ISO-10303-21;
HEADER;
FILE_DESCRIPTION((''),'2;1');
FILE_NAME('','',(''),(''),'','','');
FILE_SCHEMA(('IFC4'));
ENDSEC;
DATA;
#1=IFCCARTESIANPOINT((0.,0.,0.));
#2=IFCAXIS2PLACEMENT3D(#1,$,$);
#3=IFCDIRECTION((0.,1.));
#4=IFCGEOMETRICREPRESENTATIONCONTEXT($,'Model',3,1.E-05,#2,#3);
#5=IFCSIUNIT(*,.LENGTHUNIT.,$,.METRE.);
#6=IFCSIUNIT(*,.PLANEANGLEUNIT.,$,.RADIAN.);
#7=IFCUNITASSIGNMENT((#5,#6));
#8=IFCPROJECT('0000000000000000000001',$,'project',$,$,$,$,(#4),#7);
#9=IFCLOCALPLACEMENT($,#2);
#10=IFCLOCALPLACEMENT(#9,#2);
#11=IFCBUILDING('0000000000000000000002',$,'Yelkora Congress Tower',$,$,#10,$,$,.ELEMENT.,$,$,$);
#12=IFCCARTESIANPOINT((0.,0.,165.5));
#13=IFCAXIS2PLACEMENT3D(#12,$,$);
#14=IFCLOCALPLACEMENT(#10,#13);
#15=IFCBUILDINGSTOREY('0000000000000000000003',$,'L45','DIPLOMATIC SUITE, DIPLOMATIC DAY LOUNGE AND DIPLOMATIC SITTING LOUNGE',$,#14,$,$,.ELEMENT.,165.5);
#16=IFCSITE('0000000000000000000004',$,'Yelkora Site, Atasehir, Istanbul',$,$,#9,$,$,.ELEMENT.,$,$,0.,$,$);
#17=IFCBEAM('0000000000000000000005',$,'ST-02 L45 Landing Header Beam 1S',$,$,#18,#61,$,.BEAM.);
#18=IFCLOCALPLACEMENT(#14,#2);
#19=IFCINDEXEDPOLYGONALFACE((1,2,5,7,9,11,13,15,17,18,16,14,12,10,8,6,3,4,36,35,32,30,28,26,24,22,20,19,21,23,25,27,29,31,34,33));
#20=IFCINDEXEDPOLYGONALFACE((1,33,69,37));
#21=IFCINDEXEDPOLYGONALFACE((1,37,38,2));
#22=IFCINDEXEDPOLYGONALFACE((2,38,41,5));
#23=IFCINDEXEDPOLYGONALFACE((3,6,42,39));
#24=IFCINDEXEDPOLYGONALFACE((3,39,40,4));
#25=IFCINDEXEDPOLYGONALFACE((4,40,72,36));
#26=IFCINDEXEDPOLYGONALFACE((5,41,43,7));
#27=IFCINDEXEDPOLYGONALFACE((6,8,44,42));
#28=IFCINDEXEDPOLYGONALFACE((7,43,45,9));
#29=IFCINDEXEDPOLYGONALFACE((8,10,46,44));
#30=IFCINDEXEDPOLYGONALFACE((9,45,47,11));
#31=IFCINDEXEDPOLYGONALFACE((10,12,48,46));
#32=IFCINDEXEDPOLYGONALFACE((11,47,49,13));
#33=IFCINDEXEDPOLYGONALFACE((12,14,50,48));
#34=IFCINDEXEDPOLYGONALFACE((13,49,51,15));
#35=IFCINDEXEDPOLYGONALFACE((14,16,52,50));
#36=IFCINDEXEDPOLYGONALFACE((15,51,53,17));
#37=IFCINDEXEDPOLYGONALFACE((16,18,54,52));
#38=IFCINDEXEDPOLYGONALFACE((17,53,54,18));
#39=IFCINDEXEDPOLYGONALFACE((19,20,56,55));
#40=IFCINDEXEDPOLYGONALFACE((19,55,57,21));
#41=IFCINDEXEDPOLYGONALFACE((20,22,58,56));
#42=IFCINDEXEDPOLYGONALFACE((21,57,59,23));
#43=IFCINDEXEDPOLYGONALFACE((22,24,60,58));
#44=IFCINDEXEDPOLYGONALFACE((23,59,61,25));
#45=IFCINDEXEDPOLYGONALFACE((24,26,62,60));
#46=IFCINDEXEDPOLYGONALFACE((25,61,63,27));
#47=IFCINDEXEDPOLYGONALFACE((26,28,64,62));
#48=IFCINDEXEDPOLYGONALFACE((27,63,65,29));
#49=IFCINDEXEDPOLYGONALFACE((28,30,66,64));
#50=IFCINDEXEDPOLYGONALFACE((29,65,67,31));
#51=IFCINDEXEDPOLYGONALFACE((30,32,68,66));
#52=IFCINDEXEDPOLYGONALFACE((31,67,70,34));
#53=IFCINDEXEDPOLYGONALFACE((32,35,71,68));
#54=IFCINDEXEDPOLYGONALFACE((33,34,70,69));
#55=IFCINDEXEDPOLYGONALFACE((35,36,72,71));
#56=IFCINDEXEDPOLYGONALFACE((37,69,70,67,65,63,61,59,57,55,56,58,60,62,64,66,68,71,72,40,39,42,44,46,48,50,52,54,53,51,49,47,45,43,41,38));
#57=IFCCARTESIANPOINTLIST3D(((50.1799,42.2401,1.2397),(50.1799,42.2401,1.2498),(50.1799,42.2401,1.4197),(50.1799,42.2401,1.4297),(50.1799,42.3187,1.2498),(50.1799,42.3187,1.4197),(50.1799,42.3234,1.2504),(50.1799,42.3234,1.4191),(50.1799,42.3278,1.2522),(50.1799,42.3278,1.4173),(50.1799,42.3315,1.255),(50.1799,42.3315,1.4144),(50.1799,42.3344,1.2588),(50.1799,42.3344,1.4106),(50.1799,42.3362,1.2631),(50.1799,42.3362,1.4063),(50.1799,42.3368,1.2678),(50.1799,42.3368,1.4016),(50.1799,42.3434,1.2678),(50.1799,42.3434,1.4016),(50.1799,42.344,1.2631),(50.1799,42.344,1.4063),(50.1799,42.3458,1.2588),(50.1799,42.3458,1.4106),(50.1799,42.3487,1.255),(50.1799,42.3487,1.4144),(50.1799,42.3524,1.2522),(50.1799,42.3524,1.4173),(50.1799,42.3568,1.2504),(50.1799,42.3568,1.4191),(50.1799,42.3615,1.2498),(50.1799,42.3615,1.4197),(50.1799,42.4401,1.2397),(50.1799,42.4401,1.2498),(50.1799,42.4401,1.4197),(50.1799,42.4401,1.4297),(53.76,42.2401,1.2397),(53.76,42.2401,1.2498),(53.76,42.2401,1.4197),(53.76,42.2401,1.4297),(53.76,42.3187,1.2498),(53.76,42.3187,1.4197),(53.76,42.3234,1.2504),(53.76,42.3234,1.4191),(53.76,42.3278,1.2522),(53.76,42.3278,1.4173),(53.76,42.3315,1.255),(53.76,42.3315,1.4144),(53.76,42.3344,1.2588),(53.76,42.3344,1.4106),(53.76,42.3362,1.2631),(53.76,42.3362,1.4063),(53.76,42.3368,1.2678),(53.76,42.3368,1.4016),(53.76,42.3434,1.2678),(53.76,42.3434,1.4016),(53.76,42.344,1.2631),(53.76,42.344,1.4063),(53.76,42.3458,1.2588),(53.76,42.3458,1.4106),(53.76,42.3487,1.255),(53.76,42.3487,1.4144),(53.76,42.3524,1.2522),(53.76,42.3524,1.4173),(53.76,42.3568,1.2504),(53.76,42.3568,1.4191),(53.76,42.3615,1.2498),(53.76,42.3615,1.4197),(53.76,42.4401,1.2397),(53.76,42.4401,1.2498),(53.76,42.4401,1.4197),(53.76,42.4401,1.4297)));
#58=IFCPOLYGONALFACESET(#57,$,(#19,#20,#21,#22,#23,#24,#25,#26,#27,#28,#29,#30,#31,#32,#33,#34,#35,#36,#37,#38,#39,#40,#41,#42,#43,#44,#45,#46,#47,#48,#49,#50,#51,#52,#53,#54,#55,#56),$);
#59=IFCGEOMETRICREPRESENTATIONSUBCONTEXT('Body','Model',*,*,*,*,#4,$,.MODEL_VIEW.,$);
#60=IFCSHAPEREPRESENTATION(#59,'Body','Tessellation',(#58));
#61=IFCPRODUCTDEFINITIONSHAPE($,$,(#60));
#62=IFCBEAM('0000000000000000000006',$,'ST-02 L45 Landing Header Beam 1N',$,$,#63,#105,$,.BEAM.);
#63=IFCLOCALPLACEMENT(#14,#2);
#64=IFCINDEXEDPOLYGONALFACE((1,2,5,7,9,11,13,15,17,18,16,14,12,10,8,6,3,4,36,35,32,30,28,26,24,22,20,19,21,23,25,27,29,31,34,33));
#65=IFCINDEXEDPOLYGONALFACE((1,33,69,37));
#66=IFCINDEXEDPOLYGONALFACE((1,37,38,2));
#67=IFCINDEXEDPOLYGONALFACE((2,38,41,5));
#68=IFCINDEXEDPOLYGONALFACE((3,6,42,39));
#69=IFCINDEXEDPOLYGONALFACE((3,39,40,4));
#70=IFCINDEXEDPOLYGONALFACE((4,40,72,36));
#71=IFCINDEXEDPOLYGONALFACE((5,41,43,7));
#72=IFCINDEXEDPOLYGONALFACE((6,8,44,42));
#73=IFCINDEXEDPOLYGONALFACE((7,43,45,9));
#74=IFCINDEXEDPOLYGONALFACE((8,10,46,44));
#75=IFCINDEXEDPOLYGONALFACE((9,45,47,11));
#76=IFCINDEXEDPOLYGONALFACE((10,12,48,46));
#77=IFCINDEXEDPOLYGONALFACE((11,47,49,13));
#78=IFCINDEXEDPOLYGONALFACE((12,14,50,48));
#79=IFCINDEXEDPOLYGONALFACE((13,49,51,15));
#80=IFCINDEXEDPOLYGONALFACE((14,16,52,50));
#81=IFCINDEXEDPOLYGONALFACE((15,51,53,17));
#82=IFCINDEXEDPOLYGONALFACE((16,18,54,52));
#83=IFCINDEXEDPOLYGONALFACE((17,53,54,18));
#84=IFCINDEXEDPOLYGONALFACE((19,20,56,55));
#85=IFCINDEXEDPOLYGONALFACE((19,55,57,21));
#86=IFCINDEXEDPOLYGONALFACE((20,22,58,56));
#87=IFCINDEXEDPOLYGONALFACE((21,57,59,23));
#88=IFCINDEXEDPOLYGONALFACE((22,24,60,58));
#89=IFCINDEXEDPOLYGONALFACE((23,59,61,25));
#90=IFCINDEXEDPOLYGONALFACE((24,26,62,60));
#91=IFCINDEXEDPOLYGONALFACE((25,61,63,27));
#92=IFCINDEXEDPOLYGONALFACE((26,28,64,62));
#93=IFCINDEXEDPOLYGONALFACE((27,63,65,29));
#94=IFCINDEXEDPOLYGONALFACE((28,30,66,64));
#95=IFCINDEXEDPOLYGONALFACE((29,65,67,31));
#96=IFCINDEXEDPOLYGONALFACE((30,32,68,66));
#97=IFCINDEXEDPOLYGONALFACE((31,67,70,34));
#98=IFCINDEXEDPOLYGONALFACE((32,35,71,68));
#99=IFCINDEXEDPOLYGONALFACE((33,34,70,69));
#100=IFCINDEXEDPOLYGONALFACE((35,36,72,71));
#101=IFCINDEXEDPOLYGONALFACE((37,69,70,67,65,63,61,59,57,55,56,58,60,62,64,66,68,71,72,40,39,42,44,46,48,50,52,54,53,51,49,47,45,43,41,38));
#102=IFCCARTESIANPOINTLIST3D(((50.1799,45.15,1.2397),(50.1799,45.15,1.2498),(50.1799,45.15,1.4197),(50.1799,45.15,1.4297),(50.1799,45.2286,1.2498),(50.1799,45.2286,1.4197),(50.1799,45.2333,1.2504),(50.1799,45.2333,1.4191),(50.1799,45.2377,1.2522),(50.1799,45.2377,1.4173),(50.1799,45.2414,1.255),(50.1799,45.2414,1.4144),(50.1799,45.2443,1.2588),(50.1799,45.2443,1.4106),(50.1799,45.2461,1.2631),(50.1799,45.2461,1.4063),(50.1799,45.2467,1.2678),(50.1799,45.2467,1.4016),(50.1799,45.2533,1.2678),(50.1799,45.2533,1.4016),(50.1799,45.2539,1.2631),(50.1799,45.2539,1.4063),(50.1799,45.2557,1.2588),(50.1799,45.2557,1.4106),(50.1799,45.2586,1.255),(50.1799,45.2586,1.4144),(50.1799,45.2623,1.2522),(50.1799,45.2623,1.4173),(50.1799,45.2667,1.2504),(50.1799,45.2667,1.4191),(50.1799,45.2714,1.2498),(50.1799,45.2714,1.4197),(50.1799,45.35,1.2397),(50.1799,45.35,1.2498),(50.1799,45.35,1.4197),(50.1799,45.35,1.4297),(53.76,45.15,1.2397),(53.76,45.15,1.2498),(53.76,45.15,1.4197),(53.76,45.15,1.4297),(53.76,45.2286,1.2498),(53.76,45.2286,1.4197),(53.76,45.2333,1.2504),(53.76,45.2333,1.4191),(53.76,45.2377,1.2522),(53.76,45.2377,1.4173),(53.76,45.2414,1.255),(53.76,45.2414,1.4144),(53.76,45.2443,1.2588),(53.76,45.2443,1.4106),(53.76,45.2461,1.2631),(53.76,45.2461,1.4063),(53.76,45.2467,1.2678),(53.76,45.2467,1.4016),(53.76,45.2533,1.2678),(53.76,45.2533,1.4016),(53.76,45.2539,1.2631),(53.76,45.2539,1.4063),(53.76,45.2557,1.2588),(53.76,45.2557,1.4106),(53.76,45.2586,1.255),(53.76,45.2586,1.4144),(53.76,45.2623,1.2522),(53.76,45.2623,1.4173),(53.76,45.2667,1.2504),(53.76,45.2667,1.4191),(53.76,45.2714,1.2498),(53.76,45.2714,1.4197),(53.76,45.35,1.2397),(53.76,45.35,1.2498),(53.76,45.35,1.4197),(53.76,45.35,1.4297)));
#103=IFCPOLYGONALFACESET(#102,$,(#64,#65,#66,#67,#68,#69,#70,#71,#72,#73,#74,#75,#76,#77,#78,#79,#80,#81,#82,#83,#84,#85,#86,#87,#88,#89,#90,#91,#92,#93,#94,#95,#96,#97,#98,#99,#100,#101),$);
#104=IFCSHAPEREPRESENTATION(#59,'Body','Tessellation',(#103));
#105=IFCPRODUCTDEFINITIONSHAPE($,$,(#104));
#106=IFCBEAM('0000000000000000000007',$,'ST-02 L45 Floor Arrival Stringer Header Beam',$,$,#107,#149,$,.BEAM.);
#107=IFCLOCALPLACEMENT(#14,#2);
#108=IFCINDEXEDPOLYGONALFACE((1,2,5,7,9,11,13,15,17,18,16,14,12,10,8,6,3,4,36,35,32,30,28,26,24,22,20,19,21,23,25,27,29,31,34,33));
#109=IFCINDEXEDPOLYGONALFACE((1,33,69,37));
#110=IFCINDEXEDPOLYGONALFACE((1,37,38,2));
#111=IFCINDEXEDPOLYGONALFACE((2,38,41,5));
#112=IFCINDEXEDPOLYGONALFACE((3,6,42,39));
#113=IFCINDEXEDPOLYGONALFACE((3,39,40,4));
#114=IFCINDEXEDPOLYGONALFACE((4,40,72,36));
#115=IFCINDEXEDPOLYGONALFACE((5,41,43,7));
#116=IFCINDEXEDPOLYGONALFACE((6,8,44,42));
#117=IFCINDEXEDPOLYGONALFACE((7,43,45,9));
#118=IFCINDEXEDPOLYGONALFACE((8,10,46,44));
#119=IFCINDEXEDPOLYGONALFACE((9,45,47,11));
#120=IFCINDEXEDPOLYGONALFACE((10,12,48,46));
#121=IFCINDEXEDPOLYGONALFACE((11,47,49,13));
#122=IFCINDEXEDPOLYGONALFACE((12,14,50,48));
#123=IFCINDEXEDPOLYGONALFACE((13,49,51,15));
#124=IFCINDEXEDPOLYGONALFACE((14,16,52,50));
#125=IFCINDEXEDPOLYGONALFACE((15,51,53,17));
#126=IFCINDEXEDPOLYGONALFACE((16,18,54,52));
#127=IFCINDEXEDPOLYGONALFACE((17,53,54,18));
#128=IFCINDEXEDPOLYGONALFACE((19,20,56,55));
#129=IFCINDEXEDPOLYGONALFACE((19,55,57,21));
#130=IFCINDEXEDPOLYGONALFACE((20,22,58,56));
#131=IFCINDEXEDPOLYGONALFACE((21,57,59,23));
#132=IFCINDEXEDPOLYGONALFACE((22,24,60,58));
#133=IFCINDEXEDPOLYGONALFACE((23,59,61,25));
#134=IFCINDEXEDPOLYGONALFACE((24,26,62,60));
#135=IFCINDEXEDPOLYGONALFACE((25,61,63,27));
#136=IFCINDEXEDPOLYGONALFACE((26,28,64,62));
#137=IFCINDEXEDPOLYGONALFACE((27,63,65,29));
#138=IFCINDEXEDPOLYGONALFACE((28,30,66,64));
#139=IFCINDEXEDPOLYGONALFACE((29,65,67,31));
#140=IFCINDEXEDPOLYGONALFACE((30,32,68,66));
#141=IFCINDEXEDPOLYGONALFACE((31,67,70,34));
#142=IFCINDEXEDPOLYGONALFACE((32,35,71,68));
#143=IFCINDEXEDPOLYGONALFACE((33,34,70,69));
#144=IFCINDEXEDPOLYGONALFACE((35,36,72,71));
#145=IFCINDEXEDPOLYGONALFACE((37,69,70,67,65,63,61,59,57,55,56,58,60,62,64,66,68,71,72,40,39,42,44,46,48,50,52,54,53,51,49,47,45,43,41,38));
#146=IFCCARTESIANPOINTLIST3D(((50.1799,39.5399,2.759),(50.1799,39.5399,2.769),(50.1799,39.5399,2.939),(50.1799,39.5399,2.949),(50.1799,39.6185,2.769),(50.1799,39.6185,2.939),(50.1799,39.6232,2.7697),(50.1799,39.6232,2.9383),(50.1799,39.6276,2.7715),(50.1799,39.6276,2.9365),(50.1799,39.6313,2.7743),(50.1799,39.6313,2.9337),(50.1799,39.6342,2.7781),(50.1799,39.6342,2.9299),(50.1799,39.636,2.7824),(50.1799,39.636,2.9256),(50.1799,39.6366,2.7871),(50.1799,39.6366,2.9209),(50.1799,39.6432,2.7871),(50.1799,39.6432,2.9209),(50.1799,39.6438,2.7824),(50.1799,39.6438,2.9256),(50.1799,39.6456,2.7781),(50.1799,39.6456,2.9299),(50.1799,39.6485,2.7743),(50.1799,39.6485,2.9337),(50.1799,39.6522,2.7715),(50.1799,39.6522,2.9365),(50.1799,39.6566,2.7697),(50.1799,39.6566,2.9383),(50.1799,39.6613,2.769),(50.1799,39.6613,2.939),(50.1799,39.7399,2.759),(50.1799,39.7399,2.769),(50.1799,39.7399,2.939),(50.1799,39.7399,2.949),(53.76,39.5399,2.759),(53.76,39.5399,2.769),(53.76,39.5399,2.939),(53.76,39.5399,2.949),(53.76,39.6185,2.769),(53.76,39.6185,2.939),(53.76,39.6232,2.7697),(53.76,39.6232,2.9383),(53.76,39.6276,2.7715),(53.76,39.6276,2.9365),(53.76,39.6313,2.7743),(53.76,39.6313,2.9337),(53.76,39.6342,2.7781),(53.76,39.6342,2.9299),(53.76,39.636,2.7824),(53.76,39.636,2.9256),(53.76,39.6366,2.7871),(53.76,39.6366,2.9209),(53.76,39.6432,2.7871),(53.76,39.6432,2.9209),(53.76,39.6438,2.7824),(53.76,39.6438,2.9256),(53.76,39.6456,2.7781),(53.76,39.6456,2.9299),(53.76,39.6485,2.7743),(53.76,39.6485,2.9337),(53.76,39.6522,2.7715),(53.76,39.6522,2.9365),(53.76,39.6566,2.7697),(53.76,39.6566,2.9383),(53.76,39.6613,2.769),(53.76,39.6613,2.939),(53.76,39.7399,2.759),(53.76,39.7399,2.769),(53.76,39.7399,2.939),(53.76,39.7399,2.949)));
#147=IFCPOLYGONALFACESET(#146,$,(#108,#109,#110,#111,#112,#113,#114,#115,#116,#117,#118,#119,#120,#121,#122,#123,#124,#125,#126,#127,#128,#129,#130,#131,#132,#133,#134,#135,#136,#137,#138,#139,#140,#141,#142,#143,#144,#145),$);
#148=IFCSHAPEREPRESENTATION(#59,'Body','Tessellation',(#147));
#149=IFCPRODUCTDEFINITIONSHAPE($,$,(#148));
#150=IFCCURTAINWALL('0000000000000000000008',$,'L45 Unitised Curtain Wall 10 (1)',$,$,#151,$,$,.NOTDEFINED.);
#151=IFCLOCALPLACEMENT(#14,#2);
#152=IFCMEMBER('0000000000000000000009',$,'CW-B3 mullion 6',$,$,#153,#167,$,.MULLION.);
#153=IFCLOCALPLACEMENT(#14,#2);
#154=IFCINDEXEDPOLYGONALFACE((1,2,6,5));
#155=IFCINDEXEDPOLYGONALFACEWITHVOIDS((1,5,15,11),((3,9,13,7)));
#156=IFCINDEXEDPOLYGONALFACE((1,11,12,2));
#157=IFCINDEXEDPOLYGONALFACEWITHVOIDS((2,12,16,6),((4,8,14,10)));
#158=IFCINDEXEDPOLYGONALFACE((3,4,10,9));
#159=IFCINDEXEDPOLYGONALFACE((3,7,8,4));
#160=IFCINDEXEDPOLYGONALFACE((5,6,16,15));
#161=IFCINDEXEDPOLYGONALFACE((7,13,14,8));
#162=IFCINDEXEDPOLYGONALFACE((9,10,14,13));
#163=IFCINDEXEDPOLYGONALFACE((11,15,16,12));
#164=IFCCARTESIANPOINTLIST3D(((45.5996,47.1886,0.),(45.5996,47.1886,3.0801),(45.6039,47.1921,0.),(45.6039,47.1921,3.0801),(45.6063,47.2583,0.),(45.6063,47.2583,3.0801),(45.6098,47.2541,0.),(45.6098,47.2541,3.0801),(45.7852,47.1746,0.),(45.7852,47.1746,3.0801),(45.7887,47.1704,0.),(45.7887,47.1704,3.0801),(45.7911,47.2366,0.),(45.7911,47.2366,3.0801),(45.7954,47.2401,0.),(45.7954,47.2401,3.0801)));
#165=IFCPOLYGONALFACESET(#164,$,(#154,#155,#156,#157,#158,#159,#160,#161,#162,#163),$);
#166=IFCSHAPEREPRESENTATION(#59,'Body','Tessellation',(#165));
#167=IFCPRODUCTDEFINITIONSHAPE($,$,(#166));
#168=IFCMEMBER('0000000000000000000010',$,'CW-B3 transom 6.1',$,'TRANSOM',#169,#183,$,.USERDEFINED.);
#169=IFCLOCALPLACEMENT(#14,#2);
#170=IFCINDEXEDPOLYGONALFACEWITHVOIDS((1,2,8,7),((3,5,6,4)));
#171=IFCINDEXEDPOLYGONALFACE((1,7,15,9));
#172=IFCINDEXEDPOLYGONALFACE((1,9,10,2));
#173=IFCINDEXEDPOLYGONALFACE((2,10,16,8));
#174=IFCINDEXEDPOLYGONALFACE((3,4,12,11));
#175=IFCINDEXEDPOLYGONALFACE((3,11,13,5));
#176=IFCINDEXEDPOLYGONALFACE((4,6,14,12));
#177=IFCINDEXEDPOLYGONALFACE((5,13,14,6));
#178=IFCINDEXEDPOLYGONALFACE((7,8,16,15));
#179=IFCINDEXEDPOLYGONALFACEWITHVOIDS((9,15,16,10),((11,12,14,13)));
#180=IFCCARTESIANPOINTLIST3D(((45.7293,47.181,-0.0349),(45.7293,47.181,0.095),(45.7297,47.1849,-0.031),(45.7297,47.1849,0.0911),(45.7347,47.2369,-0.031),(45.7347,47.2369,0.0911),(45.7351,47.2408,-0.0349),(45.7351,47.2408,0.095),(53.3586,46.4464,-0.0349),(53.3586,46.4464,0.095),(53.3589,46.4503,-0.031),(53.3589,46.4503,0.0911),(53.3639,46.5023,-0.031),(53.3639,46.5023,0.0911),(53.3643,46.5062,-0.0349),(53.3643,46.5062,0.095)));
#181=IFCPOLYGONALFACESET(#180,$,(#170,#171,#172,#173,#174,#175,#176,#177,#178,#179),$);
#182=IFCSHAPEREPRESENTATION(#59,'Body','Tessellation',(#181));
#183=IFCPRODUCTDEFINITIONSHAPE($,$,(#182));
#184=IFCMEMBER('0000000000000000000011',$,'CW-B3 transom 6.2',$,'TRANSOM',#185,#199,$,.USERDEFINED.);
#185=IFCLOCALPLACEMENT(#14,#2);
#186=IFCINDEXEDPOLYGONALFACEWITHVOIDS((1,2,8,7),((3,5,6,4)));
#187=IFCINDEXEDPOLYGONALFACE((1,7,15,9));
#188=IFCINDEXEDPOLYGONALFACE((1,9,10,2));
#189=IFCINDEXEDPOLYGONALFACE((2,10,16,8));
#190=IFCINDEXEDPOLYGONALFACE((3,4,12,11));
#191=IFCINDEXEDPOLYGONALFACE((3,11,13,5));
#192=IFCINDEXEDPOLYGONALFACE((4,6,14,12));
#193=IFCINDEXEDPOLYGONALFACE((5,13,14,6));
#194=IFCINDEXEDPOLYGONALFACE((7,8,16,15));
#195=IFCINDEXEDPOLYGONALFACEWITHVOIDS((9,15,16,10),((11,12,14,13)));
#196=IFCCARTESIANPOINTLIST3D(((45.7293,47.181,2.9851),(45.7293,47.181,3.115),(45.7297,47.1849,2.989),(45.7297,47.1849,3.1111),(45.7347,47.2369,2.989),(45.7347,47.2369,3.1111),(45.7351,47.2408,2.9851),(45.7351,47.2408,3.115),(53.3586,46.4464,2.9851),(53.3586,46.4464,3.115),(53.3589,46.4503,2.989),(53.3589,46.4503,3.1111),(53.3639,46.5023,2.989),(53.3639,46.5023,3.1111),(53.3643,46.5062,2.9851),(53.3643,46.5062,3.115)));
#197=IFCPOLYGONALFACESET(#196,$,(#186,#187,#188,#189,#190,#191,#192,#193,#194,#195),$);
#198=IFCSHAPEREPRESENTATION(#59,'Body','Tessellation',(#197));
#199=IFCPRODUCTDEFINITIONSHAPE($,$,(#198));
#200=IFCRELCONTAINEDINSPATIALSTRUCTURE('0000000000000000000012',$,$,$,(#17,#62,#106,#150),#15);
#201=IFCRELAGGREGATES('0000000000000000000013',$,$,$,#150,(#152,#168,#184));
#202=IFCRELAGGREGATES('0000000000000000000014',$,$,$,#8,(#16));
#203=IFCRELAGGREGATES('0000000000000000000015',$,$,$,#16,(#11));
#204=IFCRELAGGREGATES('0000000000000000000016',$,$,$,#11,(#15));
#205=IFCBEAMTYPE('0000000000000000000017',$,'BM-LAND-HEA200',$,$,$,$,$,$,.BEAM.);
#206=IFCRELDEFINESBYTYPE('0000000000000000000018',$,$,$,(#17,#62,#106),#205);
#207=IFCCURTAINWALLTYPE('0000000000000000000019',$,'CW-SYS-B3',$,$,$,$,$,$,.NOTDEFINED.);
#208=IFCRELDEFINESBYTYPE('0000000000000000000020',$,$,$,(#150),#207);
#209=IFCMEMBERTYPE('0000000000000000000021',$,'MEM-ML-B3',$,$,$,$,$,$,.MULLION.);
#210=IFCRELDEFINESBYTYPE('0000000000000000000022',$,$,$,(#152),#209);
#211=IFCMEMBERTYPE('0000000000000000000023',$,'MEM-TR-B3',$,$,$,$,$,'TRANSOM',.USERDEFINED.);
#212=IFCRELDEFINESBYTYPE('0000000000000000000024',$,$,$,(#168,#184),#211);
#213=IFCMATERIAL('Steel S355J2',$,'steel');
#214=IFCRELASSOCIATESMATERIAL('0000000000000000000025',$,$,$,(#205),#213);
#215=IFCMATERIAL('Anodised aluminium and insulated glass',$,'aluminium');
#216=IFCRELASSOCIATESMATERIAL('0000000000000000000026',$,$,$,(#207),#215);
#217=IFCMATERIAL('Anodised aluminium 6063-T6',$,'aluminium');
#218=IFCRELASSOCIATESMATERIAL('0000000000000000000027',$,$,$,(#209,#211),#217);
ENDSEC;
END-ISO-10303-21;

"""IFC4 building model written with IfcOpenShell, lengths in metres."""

from ifc_helpers import new_model, si_unit, direction, frame, origin, origin_2d, place, context, subcontext, project, spatial, hollow_rectangle, i_section, extrude, material, material_profile, profile_set, type_object, element, aggregate, save


model = new_model("IFC4")

# Units and contexts
model_context = context("Model", 3, precision=1e-05, world=origin(), true_north=direction((0.0, 1.0)))
body_context = subcontext(model_context, "Body", "Model", "MODEL_VIEW")
ifc_project = project(units=[si_unit("LENGTHUNIT", "METRE"), si_unit("PLANEANGLEUNIT", "RADIAN")], contexts=[model_context])

# Site, building, storey
site_placement = place(None, origin())
site = spatial("IfcSite", under=ifc_project, at=site_placement, Name="Yelkora Site, Atasehir, Istanbul", CompositionType="ELEMENT", RefElevation=0.0)
building_placement = place(site_placement, origin())
building = spatial("IfcBuilding", under=site, at=building_placement, Name="Yelkora Congress Tower", CompositionType="ELEMENT")
storey_placement = place(building_placement, frame((0.0, 0.0, 165.5)))
storey = spatial("IfcBuildingStorey", under=building, at=storey_placement, Name="L45", Description="DIPLOMATIC SUITE, DIPLOMATIC DAY LOUNGE AND DIPLOMATIC SITTING LOUNGE", CompositionType="ELEMENT", Elevation=165.5)

# Beams
ifc_material_1 = material(Name="Steel S355J2", Category="steel")
ifc_material_profile_1 = material_profile(ifc_material_1, i_section(OverallWidth=0.2, OverallDepth=0.1899, WebThickness=0.0066, FlangeThickness=0.01, FilletRadius=0.0181, at=origin_2d()), Name="HEA 200")
ifc_profile_set_1 = profile_set([ifc_material_profile_1], Name="Steel S355J2")
beam_type_1 = type_object("IfcBeamType", Name="BM-LAND-HEA200", PredefinedType="BEAM", material=ifc_profile_set_1)
for number, where, z_axis, x_axis, name in (
    (1, (50.1799, 42.3401, 1.3347), (1.0, 0.0, 0.0), (0.0, 1.0, 0.0), "ST-02 L45 Landing Header Beam 1S"),
    (2, (50.1799, 45.25, 1.3347), (1.0, 0.0, 0.0), (0.0, 1.0, 0.0), "ST-02 L45 Landing Header Beam 1N"),
    (3, (50.1799, 39.6399, 2.854), (1.0, 0.0, 0.0), (0.0, 1.0, 0.0), "ST-02 L45 Floor Arrival Stringer Header Beam"),
):
    element("IfcBeam", number, at=place(storey_placement, frame(where, z_axis=z_axis, x_axis=x_axis)), inside=storey, type_object=beam_type_1, Name=name, PredefinedType="BEAM", context=body_context, shape_type="SweptSolid", body=[
        extrude(i_section(OverallWidth=0.2, OverallDepth=0.1899, WebThickness=0.0066, FlangeThickness=0.01, FilletRadius=0.0181, at=origin_2d()), origin(), (0.0, 0.0, 1.0), 3.5801),
    ])

# Curtain wall, members
ifc_material_2 = material(Name="Anodised aluminium and insulated glass", Category="aluminium")
curtain_wall_type = type_object("IfcCurtainWallType", Name="CW-SYS-B3", PredefinedType="NOTDEFINED", material=ifc_material_2)
curtain_wall_placement = place(storey_placement, origin())
curtain_wall = element("IfcCurtainWall", 4, at=curtain_wall_placement, inside=storey, type_object=curtain_wall_type, Name="L45 Unitised Curtain Wall 10 (1)", PredefinedType="NOTDEFINED")
ifc_material_3 = material(Name="Anodised aluminium 6063-T6", Category="aluminium")
ifc_material_profile_2 = material_profile(ifc_material_3, hollow_rectangle(XDim=0.0701, YDim=0.1899, WallThickness=0.0039, at=origin_2d()), Name="ALU 70x190x4")
ifc_profile_set_2 = profile_set([ifc_material_profile_2], Name="Anodised aluminium 6063-T6")
member_type_1 = type_object("IfcMemberType", Name="MEM-ML-B3", PredefinedType="MULLION", material=ifc_profile_set_2)
member_1_placement = place(storey_placement, frame((45.6975, 47.2144, 0.0), z_axis=(0.0, 0.0, 1.0), x_axis=(0.095845, 0.995396, 0.0)))
member_1 = element("IfcMember", 5, at=member_1_placement, type_object=member_type_1, Name="CW-B3 mullion 6", PredefinedType="MULLION", context=body_context, shape_type="SweptSolid", body=[
    extrude(hollow_rectangle(XDim=0.0701, YDim=0.1899, WallThickness=0.0039, at=origin_2d()), origin(), (0.0, 0.0, 1.0), 3.0801),
])
ifc_material_profile_3 = material_profile(ifc_material_3, hollow_rectangle(XDim=0.0601, YDim=0.1299, WallThickness=0.0039, at=origin_2d()), Name="ALU 60x130x4")
ifc_profile_set_3 = profile_set([ifc_material_profile_3], Name="Anodised aluminium 6063-T6")
member_type_2 = type_object("IfcMemberType", Name="MEM-TR-B3", ElementType="TRANSOM", PredefinedType="USERDEFINED", material=ifc_profile_set_3)
member_2_placement = place(storey_placement, frame((45.7322, 47.2109, 0.03), z_axis=(0.995396, -0.095848, 0.0), x_axis=(0.095848, 0.995396, 0.0)))
member_2 = element("IfcMember", 6, at=member_2_placement, type_object=member_type_2, Name="CW-B3 transom 6.1", ObjectType="TRANSOM", PredefinedType="USERDEFINED", context=body_context, shape_type="SweptSolid", body=[
    extrude(hollow_rectangle(XDim=0.0601, YDim=0.1299, WallThickness=0.0039, at=origin_2d()), origin(), (0.0, 0.0, 1.0), 7.6646),
])
member_3_placement = place(storey_placement, frame((45.7322, 47.2109, 3.05), z_axis=(0.995396, -0.095848, 0.0), x_axis=(0.095848, 0.995396, 0.0)))
member_3 = element("IfcMember", 7, at=member_3_placement, type_object=member_type_2, Name="CW-B3 transom 6.2", ObjectType="TRANSOM", PredefinedType="USERDEFINED", context=body_context, shape_type="SweptSolid", body=[
    extrude(hollow_rectangle(XDim=0.0601, YDim=0.1299, WallThickness=0.0039, at=origin_2d()), origin(), (0.0, 0.0, 1.0), 7.6646),
])
aggregate(curtain_wall, [member_1, member_2, member_3])

save(model, "model.ifc")
